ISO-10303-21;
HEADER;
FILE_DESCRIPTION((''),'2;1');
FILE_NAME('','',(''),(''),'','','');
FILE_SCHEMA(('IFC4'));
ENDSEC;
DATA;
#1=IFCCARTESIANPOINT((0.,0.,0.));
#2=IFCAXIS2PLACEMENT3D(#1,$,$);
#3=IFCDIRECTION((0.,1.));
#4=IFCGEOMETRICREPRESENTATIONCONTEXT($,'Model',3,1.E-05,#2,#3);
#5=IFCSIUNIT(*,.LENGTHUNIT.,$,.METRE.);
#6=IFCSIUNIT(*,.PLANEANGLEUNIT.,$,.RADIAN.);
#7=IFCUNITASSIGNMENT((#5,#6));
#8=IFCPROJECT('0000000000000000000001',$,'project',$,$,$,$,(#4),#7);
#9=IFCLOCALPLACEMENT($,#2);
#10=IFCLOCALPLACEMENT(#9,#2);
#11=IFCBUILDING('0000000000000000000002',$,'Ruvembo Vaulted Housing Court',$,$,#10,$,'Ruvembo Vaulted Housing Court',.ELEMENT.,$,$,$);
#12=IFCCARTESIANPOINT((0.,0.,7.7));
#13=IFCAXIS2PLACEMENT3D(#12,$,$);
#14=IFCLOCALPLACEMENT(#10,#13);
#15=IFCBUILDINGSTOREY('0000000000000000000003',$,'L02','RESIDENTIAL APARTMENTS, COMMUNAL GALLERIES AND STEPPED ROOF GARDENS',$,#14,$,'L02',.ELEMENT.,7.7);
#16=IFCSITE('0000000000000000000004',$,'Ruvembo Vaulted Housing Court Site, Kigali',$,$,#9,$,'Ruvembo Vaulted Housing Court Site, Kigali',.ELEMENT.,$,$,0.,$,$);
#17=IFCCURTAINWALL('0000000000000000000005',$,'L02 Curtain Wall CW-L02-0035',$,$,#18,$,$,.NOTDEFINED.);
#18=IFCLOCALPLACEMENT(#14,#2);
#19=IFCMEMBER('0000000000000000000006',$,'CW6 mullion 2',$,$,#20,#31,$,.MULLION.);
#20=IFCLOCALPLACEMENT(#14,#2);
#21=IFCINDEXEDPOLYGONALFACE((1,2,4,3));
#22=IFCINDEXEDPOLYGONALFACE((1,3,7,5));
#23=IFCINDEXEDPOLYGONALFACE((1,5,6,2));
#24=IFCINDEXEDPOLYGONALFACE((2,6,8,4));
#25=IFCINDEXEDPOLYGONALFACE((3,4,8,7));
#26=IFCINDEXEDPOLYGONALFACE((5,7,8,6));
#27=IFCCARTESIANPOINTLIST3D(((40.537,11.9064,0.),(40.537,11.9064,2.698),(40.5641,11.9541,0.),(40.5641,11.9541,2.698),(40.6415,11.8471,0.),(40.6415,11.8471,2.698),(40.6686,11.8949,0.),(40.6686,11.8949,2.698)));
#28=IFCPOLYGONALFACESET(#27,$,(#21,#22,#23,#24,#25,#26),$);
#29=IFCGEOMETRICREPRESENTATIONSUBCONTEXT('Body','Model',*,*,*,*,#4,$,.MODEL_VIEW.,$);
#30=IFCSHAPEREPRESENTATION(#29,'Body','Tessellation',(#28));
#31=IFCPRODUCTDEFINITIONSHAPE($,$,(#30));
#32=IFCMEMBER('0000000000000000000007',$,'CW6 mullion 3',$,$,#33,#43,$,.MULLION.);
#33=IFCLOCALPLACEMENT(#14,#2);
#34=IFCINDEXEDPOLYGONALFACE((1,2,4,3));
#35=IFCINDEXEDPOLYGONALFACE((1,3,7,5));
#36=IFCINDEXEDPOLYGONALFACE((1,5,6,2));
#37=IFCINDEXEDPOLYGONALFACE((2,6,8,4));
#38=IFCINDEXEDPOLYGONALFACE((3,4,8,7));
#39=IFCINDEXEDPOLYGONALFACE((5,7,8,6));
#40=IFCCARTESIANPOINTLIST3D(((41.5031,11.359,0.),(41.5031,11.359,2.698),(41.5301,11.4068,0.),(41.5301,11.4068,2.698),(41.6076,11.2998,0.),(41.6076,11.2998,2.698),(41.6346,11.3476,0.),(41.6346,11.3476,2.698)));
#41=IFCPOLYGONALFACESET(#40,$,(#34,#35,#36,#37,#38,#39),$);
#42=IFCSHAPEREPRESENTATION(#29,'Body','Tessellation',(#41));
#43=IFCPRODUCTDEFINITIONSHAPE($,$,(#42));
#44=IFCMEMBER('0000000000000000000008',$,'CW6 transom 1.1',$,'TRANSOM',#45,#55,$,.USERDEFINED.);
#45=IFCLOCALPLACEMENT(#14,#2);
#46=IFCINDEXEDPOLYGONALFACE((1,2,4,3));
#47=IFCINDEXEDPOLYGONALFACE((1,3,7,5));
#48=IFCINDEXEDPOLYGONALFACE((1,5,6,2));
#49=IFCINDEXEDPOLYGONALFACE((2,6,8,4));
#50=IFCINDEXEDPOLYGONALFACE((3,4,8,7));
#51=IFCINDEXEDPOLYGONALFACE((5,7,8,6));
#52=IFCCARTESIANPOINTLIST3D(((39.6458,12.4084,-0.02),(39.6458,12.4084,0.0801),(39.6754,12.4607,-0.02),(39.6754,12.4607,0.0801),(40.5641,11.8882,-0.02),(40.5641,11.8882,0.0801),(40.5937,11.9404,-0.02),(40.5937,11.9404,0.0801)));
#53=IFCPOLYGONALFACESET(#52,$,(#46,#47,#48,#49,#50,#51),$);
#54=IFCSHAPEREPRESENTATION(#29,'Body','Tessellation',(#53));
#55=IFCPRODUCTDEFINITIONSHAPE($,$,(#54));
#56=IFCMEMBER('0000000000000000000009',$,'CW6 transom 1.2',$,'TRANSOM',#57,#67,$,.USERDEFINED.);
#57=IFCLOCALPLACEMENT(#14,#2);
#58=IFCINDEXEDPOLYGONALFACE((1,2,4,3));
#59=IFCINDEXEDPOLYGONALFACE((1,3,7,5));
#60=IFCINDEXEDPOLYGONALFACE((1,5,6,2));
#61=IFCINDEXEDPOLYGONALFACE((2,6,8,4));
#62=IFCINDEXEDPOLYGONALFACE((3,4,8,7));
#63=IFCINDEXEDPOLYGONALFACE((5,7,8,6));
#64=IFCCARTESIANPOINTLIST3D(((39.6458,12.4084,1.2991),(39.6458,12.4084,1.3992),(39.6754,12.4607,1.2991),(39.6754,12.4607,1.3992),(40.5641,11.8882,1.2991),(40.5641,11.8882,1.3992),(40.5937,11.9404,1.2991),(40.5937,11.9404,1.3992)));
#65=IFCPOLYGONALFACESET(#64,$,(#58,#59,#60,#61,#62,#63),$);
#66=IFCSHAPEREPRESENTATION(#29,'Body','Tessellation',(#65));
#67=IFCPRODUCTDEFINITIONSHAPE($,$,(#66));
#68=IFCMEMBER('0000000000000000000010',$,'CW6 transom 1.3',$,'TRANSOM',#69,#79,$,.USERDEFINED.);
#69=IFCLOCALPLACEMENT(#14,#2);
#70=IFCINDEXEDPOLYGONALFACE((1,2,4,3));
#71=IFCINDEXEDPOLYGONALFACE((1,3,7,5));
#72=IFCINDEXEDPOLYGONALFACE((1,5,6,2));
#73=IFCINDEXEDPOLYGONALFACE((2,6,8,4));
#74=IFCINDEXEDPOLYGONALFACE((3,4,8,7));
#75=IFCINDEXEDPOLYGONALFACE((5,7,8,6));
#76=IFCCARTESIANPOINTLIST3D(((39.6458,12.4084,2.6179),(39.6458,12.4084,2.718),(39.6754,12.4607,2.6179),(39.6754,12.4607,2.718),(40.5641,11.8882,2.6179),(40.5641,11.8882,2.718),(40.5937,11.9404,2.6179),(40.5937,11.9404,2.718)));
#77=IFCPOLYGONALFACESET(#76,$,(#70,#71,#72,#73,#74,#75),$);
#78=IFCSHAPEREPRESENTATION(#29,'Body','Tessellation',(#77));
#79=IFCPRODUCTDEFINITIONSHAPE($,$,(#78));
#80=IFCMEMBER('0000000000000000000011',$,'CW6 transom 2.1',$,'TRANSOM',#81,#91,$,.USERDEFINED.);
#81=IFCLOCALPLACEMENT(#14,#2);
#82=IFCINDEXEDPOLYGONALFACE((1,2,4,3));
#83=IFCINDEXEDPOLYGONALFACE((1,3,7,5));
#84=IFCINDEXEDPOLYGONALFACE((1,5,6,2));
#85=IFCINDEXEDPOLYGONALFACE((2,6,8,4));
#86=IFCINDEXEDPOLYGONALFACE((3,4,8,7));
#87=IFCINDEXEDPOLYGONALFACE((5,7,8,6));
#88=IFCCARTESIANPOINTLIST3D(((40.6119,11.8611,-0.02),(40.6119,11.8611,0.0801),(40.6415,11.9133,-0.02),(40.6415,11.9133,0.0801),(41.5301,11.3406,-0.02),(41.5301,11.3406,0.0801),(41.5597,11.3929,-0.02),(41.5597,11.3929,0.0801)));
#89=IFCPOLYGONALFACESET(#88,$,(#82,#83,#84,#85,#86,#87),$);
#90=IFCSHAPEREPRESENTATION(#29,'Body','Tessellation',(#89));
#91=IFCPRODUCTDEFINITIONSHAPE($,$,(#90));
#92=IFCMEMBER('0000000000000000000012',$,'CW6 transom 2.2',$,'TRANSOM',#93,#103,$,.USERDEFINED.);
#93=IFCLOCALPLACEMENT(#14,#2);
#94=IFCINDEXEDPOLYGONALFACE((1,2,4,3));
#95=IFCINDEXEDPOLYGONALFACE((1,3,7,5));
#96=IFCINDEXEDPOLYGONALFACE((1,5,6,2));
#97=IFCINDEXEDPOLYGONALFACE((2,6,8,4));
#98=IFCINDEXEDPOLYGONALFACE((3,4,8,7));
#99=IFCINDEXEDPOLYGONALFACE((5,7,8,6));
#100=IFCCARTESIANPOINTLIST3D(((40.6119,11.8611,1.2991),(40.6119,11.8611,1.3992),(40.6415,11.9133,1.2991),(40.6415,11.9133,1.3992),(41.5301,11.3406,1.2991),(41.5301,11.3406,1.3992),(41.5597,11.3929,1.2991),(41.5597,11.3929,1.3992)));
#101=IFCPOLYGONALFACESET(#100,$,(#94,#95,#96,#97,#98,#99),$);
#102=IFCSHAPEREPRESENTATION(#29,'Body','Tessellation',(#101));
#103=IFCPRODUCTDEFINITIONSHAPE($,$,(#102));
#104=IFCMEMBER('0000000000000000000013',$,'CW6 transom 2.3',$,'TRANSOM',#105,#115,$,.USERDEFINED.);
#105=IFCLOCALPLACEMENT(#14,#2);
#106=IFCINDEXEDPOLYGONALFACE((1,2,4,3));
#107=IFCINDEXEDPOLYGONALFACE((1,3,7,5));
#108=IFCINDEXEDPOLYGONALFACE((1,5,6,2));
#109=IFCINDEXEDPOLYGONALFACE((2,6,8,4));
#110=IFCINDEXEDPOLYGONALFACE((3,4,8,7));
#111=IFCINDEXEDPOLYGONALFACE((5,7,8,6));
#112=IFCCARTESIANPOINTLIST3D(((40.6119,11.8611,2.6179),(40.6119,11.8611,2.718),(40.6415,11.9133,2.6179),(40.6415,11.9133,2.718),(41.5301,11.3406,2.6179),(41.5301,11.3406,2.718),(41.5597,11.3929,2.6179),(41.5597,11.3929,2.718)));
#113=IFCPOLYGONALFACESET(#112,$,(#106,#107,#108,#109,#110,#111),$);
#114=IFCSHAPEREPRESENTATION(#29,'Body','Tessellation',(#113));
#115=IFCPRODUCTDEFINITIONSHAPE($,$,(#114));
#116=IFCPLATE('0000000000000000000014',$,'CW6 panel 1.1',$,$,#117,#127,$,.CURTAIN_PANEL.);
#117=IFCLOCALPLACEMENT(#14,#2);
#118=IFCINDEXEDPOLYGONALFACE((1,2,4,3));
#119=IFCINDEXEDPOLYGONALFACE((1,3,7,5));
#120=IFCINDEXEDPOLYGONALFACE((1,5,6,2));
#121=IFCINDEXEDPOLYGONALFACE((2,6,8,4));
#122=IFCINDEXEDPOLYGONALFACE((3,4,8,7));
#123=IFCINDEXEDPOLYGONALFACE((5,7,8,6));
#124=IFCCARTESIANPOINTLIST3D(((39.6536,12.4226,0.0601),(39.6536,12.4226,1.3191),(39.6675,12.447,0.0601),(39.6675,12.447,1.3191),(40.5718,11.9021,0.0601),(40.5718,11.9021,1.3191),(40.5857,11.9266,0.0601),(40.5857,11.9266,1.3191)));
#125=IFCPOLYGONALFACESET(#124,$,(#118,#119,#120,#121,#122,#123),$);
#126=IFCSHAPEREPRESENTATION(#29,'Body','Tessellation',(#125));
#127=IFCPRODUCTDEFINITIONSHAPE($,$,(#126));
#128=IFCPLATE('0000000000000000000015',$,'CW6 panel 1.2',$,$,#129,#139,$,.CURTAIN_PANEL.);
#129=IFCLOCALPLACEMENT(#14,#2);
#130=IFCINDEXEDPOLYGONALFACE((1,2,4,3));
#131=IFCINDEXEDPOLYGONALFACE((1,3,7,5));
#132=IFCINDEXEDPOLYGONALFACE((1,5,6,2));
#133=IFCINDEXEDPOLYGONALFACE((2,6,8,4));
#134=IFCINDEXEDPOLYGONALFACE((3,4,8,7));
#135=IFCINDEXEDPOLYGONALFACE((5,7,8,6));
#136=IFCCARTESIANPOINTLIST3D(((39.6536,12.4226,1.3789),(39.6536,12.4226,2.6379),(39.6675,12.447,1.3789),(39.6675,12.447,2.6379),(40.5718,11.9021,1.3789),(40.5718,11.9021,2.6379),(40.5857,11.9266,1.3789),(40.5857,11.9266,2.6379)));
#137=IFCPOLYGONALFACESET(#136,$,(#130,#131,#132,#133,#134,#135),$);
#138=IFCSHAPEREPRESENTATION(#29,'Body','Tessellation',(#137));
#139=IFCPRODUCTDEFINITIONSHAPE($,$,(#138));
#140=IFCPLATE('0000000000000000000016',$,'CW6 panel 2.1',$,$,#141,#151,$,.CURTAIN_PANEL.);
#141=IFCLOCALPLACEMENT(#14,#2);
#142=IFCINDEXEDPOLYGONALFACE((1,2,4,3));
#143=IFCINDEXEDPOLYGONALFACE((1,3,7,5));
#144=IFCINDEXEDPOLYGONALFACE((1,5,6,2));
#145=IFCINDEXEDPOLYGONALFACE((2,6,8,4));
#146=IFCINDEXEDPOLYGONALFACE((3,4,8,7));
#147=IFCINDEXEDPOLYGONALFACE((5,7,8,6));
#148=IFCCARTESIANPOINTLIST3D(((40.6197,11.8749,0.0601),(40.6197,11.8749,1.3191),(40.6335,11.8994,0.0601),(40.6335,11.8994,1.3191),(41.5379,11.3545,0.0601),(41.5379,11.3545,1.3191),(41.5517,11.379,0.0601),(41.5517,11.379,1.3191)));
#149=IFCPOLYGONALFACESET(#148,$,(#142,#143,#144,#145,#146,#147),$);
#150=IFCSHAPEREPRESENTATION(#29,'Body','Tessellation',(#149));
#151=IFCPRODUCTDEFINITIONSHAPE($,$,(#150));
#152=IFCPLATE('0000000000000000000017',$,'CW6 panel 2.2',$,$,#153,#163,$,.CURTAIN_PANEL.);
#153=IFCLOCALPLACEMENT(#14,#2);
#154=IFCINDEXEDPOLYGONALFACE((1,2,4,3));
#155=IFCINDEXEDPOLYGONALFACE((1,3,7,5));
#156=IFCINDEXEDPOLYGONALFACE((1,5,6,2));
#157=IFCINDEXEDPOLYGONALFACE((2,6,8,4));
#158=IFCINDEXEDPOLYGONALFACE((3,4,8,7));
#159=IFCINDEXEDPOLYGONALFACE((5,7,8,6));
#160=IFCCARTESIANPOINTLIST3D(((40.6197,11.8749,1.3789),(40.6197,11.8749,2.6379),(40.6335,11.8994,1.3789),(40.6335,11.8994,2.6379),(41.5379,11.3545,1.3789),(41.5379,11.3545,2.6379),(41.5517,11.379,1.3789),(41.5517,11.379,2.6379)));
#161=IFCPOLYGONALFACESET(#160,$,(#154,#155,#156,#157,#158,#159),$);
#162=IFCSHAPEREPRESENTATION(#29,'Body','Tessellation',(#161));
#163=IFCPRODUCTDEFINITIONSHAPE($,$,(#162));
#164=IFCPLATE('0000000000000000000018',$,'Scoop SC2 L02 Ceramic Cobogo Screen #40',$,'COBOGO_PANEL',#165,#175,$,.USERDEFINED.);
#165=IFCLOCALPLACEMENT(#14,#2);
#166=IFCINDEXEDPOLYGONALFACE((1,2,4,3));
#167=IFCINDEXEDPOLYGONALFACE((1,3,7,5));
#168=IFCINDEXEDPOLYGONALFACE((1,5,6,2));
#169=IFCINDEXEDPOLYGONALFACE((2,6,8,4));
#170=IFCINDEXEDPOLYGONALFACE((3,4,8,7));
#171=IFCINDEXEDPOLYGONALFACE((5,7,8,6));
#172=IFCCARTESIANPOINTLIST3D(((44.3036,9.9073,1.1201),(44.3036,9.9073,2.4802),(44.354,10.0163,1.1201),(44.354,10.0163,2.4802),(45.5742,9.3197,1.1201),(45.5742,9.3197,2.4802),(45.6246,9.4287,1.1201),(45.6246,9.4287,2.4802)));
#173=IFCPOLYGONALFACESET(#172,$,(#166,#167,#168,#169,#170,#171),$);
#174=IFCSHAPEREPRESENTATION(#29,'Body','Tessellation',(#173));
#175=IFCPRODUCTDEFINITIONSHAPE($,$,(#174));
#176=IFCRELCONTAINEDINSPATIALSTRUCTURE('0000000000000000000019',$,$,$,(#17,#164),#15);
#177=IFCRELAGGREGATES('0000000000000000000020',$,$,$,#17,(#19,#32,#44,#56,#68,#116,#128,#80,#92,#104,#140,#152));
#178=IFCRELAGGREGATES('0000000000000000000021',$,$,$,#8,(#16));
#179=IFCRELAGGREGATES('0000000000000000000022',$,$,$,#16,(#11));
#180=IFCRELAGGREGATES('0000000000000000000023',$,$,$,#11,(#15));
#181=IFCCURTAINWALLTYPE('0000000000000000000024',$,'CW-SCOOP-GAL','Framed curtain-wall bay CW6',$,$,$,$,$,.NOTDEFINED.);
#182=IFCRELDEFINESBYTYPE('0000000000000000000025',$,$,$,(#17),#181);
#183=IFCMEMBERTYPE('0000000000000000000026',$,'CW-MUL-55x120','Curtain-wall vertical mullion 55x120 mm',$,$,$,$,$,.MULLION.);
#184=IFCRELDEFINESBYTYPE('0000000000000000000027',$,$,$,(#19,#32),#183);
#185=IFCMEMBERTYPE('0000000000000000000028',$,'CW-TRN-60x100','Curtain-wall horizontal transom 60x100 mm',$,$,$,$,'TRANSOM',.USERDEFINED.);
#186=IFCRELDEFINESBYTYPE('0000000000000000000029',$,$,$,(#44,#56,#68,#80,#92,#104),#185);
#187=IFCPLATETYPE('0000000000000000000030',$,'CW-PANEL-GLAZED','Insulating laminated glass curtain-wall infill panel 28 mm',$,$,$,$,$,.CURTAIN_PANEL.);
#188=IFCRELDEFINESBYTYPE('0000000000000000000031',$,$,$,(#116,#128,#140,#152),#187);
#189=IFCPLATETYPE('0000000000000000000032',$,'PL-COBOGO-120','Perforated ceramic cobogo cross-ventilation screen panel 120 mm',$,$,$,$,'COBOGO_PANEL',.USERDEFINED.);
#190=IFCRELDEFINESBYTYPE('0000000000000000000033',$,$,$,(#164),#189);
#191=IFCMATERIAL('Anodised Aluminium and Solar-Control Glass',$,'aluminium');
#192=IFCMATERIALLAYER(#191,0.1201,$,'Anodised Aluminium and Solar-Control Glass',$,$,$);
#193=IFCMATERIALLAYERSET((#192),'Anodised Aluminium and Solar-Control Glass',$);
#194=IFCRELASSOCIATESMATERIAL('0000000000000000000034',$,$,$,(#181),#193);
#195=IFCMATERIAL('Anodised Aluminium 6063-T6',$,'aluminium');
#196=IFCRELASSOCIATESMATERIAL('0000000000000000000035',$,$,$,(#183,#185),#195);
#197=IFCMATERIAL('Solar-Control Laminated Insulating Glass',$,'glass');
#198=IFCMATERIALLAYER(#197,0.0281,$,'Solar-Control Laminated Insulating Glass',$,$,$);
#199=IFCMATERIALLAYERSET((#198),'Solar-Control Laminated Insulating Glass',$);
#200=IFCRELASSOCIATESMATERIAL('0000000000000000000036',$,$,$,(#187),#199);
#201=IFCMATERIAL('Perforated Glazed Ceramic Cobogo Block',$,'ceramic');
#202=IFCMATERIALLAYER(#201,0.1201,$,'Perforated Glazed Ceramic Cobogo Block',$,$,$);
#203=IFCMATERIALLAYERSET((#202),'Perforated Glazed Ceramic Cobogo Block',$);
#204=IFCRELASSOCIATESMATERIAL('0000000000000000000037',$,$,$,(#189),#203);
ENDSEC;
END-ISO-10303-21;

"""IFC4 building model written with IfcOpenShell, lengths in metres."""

from ifc_helpers import new_model, si_unit, direction, frame, origin, origin_2d, place, context, subcontext, project, spatial, rectangle, extrude, material, layer, layer_set, material_profile, profile_set, type_object, element, aggregate, save


model = new_model("IFC4")

# Units and contexts
model_context = context("Model", 3, precision=1e-05, world=origin(), true_north=direction((0.0, 1.0)))
body_context = subcontext(model_context, "Body", "Model", "MODEL_VIEW")
ifc_project = project(units=[si_unit("LENGTHUNIT", "METRE"), si_unit("PLANEANGLEUNIT", "RADIAN")], contexts=[model_context])

# Site, building, storey
site_placement = place(None, origin())
site = spatial("IfcSite", under=ifc_project, at=site_placement, Name="Ruvembo Vaulted Housing Court Site, Kigali", LongName="Ruvembo Vaulted Housing Court Site, Kigali", CompositionType="ELEMENT", RefElevation=0.0)
building_placement = place(site_placement, origin())
building = spatial("IfcBuilding", under=site, at=building_placement, Name="Ruvembo Vaulted Housing Court", LongName="Ruvembo Vaulted Housing Court", CompositionType="ELEMENT")
storey_placement = place(building_placement, frame((0.0, 0.0, 7.7)))
storey = spatial("IfcBuildingStorey", under=building, at=storey_placement, Name="L02", Description="RESIDENTIAL APARTMENTS, COMMUNAL GALLERIES AND STEPPED ROOF GARDENS", LongName="L02", CompositionType="ELEMENT", Elevation=7.7)

# Curtain wall, members, plates
ifc_material_1 = material(Name="Anodised Aluminium and Solar-Control Glass", Category="aluminium")
ifc_layer_1 = layer(ifc_material_1, 0.1201, Name="Anodised Aluminium and Solar-Control Glass")
ifc_layer_set_1 = layer_set([ifc_layer_1], Name="Anodised Aluminium and Solar-Control Glass")
curtain_wall_type = type_object("IfcCurtainWallType", Name="CW-SCOOP-GAL", Description="Framed curtain-wall bay CW6", PredefinedType="NOTDEFINED", material=ifc_layer_set_1)
curtain_wall_placement = place(storey_placement, origin())
curtain_wall = element("IfcCurtainWall", 1, at=curtain_wall_placement, inside=storey, type_object=curtain_wall_type, Name="L02 Curtain Wall CW-L02-0035", PredefinedType="NOTDEFINED")
ifc_material_2 = material(Name="Anodised Aluminium 6063-T6", Category="aluminium")
ifc_material_profile_1 = material_profile(ifc_material_2, rectangle(XDim=0.0549, YDim=0.1201, at=origin_2d()), Name="ALU 55x120")
ifc_profile_set_1 = profile_set([ifc_material_profile_1], Name="Anodised Aluminium 6063-T6")
member_type_1 = type_object("IfcMemberType", Name="CW-MUL-55x120", Description="Curtain-wall vertical mullion 55x120 mm", PredefinedType="MULLION", material=ifc_profile_set_1)
member_1_placement = place(storey_placement, frame((40.6028, 11.9006, 0.0), z_axis=(0.0, 0.0, 1.0), x_axis=(0.493079, 0.869984, 0.0)))
member_1 = element("IfcMember", 2, at=member_1_placement, type_object=member_type_1, Name="CW6 mullion 2", PredefinedType="MULLION", context=body_context, shape_type="SweptSolid", body=[
    extrude(rectangle(XDim=0.0549, YDim=0.1201, at=origin_2d()), origin(), (0.0, 0.0, 1.0), 2.698),
])
member_2_placement = place(storey_placement, frame((41.5688, 11.3533, 0.0), z_axis=(0.0, 0.0, 1.0), x_axis=(0.493079, 0.869984, 0.0)))
member_2 = element("IfcMember", 3, at=member_2_placement, type_object=member_type_1, Name="CW6 mullion 3", PredefinedType="MULLION", context=body_context, shape_type="SweptSolid", body=[
    extrude(rectangle(XDim=0.0549, YDim=0.1201, at=origin_2d()), origin(), (0.0, 0.0, 1.0), 2.698),
])
ifc_material_profile_2 = material_profile(ifc_material_2, rectangle(XDim=0.0601, YDim=0.1001, at=origin_2d()), Name="ALU 60x100")
ifc_profile_set_2 = profile_set([ifc_material_profile_2], Name="Anodised Aluminium 6063-T6")
member_type_2 = type_object("IfcMemberType", Name="CW-TRN-60x100", Description="Curtain-wall horizontal transom 60x100 mm", ElementType="TRANSOM", PredefinedType="USERDEFINED", material=ifc_profile_set_2)
member_3_placement = place(storey_placement, frame((39.6606, 12.4346, 0.03), z_axis=(0.870045, -0.492972, 0.0), x_axis=(0.492972, 0.870045, 0.0)))
member_3 = element("IfcMember", 4, at=member_3_placement, type_object=member_type_2, Name="CW6 transom 1.1", ObjectType="TRANSOM", PredefinedType="USERDEFINED", context=body_context, shape_type="SweptSolid", body=[
    extrude(rectangle(XDim=0.0601, YDim=0.1001, at=origin_2d()), origin(), (0.0, 0.0, 1.0), 1.0554),
])
member_4_placement = place(storey_placement, frame((39.6606, 12.4346, 1.3491), z_axis=(0.870045, -0.492972, 0.0), x_axis=(0.492972, 0.870045, 0.0)))
member_4 = element("IfcMember", 5, at=member_4_placement, type_object=member_type_2, Name="CW6 transom 1.2", ObjectType="TRANSOM", PredefinedType="USERDEFINED", context=body_context, shape_type="SweptSolid", body=[
    extrude(rectangle(XDim=0.0601, YDim=0.1001, at=origin_2d()), origin(), (0.0, 0.0, 1.0), 1.0554),
])
member_5_placement = place(storey_placement, frame((39.6606, 12.4346, 2.668), z_axis=(0.870045, -0.492972, 0.0), x_axis=(0.492972, 0.870045, 0.0)))
member_5 = element("IfcMember", 6, at=member_5_placement, type_object=member_type_2, Name="CW6 transom 1.3", ObjectType="TRANSOM", PredefinedType="USERDEFINED", context=body_context, shape_type="SweptSolid", body=[
    extrude(rectangle(XDim=0.0601, YDim=0.1001, at=origin_2d()), origin(), (0.0, 0.0, 1.0), 1.0554),
])
member_6_placement = place(storey_placement, frame((40.6267, 11.8872, 0.03), z_axis=(0.869946, -0.493147, 0.0), x_axis=(0.493147, 0.869946, 0.0)))
member_6 = element("IfcMember", 7, at=member_6_placement, type_object=member_type_2, Name="CW6 transom 2.1", ObjectType="TRANSOM", PredefinedType="USERDEFINED", context=body_context, shape_type="SweptSolid", body=[
    extrude(rectangle(XDim=0.0601, YDim=0.1001, at=origin_2d()), origin(), (0.0, 0.0, 1.0), 1.0554),
])
member_7_placement = place(storey_placement, frame((40.6267, 11.8872, 1.3491), z_axis=(0.869946, -0.493147, 0.0), x_axis=(0.493147, 0.869946, 0.0)))
member_7 = element("IfcMember", 8, at=member_7_placement, type_object=member_type_2, Name="CW6 transom 2.2", ObjectType="TRANSOM", PredefinedType="USERDEFINED", context=body_context, shape_type="SweptSolid", body=[
    extrude(rectangle(XDim=0.0601, YDim=0.1001, at=origin_2d()), origin(), (0.0, 0.0, 1.0), 1.0554),
])
member_8_placement = place(storey_placement, frame((40.6267, 11.8872, 2.668), z_axis=(0.869946, -0.493147, 0.0), x_axis=(0.493147, 0.869946, 0.0)))
member_8 = element("IfcMember", 9, at=member_8_placement, type_object=member_type_2, Name="CW6 transom 2.3", ObjectType="TRANSOM", PredefinedType="USERDEFINED", context=body_context, shape_type="SweptSolid", body=[
    extrude(rectangle(XDim=0.0601, YDim=0.1001, at=origin_2d()), origin(), (0.0, 0.0, 1.0), 1.0554),
])
ifc_material_3 = material(Name="Solar-Control Laminated Insulating Glass", Category="glass")
ifc_layer_2 = layer(ifc_material_3, 0.0281, Name="Solar-Control Laminated Insulating Glass")
ifc_layer_set_2 = layer_set([ifc_layer_2], Name="Solar-Control Laminated Insulating Glass")
plate_type_1 = type_object("IfcPlateType", Name="CW-PANEL-GLAZED", Description="Insulating laminated glass curtain-wall infill panel 28 mm", PredefinedType="CURTAIN_PANEL", material=ifc_layer_set_2)
plate_1_placement = place(storey_placement, frame((40.1196, 12.1746, 0.0601), z_axis=(0.0, 0.0, 1.0), x_axis=(0.869984, -0.493079, 0.0)))
plate_1 = element("IfcPlate", 10, at=plate_1_placement, type_object=plate_type_1, Name="CW6 panel 1.1", PredefinedType="CURTAIN_PANEL", context=body_context, shape_type="SweptSolid", body=[
    extrude(rectangle(XDim=1.0554, YDim=0.0281, at=origin_2d()), origin(), (0.0, 0.0, 1.0), 1.259),
])
plate_2_placement = place(storey_placement, frame((40.1196, 12.1746, 1.3789), z_axis=(0.0, 0.0, 1.0), x_axis=(0.869984, -0.493079, 0.0)))
plate_2 = element("IfcPlate", 11, at=plate_2_placement, type_object=plate_type_1, Name="CW6 panel 1.2", PredefinedType="CURTAIN_PANEL", context=body_context, shape_type="SweptSolid", body=[
    extrude(rectangle(XDim=1.0554, YDim=0.0281, at=origin_2d()), origin(), (0.0, 0.0, 1.0), 1.259),
])
plate_3_placement = place(storey_placement, frame((41.0857, 11.627, 0.0601), z_axis=(0.0, 0.0, 1.0), x_axis=(0.869984, -0.493079, 0.0)))
plate_3 = element("IfcPlate", 12, at=plate_3_placement, type_object=plate_type_1, Name="CW6 panel 2.1", PredefinedType="CURTAIN_PANEL", context=body_context, shape_type="SweptSolid", body=[
    extrude(rectangle(XDim=1.0554, YDim=0.0281, at=origin_2d()), origin(), (0.0, 0.0, 1.0), 1.259),
])
plate_4_placement = place(storey_placement, frame((41.0857, 11.627, 1.3789), z_axis=(0.0, 0.0, 1.0), x_axis=(0.869984, -0.493079, 0.0)))
plate_4 = element("IfcPlate", 13, at=plate_4_placement, type_object=plate_type_1, Name="CW6 panel 2.2", PredefinedType="CURTAIN_PANEL", context=body_context, shape_type="SweptSolid", body=[
    extrude(rectangle(XDim=1.0554, YDim=0.0281, at=origin_2d()), origin(), (0.0, 0.0, 1.0), 1.259),
])
aggregate(curtain_wall, [member_1, member_2, member_3, member_4, member_5, plate_1, plate_2, member_6, member_7, member_8, plate_3, plate_4])

# Plate
ifc_material_4 = material(Name="Perforated Glazed Ceramic Cobogo Block", Category="ceramic")
ifc_layer_3 = layer(ifc_material_4, 0.1201, Name="Perforated Glazed Ceramic Cobogo Block")
ifc_layer_set_3 = layer_set([ifc_layer_3], Name="Perforated Glazed Ceramic Cobogo Block")
plate_type_2 = type_object("IfcPlateType", Name="PL-COBOGO-120", Description="Perforated ceramic cobogo cross-ventilation screen panel 120 mm", ElementType="COBOGO_PANEL", PredefinedType="USERDEFINED", material=ifc_layer_set_3)
plate_5_placement = place(storey_placement, frame((44.9641, 9.668, 1.1201), z_axis=(0.0, 0.0, 1.0), x_axis=(0.907646, -0.419737, 0.0)))
element("IfcPlate", 14, at=plate_5_placement, inside=storey, type_object=plate_type_2, Name="Scoop SC2 L02 Ceramic Cobogo Screen #40", ObjectType="COBOGO_PANEL", PredefinedType="USERDEFINED", context=body_context, shape_type="SweptSolid", body=[
    extrude(rectangle(XDim=1.3999, YDim=0.1201, at=origin_2d()), origin(), (0.0, 0.0, 1.0), 1.3601),
])

save(model, "model.ifc")
